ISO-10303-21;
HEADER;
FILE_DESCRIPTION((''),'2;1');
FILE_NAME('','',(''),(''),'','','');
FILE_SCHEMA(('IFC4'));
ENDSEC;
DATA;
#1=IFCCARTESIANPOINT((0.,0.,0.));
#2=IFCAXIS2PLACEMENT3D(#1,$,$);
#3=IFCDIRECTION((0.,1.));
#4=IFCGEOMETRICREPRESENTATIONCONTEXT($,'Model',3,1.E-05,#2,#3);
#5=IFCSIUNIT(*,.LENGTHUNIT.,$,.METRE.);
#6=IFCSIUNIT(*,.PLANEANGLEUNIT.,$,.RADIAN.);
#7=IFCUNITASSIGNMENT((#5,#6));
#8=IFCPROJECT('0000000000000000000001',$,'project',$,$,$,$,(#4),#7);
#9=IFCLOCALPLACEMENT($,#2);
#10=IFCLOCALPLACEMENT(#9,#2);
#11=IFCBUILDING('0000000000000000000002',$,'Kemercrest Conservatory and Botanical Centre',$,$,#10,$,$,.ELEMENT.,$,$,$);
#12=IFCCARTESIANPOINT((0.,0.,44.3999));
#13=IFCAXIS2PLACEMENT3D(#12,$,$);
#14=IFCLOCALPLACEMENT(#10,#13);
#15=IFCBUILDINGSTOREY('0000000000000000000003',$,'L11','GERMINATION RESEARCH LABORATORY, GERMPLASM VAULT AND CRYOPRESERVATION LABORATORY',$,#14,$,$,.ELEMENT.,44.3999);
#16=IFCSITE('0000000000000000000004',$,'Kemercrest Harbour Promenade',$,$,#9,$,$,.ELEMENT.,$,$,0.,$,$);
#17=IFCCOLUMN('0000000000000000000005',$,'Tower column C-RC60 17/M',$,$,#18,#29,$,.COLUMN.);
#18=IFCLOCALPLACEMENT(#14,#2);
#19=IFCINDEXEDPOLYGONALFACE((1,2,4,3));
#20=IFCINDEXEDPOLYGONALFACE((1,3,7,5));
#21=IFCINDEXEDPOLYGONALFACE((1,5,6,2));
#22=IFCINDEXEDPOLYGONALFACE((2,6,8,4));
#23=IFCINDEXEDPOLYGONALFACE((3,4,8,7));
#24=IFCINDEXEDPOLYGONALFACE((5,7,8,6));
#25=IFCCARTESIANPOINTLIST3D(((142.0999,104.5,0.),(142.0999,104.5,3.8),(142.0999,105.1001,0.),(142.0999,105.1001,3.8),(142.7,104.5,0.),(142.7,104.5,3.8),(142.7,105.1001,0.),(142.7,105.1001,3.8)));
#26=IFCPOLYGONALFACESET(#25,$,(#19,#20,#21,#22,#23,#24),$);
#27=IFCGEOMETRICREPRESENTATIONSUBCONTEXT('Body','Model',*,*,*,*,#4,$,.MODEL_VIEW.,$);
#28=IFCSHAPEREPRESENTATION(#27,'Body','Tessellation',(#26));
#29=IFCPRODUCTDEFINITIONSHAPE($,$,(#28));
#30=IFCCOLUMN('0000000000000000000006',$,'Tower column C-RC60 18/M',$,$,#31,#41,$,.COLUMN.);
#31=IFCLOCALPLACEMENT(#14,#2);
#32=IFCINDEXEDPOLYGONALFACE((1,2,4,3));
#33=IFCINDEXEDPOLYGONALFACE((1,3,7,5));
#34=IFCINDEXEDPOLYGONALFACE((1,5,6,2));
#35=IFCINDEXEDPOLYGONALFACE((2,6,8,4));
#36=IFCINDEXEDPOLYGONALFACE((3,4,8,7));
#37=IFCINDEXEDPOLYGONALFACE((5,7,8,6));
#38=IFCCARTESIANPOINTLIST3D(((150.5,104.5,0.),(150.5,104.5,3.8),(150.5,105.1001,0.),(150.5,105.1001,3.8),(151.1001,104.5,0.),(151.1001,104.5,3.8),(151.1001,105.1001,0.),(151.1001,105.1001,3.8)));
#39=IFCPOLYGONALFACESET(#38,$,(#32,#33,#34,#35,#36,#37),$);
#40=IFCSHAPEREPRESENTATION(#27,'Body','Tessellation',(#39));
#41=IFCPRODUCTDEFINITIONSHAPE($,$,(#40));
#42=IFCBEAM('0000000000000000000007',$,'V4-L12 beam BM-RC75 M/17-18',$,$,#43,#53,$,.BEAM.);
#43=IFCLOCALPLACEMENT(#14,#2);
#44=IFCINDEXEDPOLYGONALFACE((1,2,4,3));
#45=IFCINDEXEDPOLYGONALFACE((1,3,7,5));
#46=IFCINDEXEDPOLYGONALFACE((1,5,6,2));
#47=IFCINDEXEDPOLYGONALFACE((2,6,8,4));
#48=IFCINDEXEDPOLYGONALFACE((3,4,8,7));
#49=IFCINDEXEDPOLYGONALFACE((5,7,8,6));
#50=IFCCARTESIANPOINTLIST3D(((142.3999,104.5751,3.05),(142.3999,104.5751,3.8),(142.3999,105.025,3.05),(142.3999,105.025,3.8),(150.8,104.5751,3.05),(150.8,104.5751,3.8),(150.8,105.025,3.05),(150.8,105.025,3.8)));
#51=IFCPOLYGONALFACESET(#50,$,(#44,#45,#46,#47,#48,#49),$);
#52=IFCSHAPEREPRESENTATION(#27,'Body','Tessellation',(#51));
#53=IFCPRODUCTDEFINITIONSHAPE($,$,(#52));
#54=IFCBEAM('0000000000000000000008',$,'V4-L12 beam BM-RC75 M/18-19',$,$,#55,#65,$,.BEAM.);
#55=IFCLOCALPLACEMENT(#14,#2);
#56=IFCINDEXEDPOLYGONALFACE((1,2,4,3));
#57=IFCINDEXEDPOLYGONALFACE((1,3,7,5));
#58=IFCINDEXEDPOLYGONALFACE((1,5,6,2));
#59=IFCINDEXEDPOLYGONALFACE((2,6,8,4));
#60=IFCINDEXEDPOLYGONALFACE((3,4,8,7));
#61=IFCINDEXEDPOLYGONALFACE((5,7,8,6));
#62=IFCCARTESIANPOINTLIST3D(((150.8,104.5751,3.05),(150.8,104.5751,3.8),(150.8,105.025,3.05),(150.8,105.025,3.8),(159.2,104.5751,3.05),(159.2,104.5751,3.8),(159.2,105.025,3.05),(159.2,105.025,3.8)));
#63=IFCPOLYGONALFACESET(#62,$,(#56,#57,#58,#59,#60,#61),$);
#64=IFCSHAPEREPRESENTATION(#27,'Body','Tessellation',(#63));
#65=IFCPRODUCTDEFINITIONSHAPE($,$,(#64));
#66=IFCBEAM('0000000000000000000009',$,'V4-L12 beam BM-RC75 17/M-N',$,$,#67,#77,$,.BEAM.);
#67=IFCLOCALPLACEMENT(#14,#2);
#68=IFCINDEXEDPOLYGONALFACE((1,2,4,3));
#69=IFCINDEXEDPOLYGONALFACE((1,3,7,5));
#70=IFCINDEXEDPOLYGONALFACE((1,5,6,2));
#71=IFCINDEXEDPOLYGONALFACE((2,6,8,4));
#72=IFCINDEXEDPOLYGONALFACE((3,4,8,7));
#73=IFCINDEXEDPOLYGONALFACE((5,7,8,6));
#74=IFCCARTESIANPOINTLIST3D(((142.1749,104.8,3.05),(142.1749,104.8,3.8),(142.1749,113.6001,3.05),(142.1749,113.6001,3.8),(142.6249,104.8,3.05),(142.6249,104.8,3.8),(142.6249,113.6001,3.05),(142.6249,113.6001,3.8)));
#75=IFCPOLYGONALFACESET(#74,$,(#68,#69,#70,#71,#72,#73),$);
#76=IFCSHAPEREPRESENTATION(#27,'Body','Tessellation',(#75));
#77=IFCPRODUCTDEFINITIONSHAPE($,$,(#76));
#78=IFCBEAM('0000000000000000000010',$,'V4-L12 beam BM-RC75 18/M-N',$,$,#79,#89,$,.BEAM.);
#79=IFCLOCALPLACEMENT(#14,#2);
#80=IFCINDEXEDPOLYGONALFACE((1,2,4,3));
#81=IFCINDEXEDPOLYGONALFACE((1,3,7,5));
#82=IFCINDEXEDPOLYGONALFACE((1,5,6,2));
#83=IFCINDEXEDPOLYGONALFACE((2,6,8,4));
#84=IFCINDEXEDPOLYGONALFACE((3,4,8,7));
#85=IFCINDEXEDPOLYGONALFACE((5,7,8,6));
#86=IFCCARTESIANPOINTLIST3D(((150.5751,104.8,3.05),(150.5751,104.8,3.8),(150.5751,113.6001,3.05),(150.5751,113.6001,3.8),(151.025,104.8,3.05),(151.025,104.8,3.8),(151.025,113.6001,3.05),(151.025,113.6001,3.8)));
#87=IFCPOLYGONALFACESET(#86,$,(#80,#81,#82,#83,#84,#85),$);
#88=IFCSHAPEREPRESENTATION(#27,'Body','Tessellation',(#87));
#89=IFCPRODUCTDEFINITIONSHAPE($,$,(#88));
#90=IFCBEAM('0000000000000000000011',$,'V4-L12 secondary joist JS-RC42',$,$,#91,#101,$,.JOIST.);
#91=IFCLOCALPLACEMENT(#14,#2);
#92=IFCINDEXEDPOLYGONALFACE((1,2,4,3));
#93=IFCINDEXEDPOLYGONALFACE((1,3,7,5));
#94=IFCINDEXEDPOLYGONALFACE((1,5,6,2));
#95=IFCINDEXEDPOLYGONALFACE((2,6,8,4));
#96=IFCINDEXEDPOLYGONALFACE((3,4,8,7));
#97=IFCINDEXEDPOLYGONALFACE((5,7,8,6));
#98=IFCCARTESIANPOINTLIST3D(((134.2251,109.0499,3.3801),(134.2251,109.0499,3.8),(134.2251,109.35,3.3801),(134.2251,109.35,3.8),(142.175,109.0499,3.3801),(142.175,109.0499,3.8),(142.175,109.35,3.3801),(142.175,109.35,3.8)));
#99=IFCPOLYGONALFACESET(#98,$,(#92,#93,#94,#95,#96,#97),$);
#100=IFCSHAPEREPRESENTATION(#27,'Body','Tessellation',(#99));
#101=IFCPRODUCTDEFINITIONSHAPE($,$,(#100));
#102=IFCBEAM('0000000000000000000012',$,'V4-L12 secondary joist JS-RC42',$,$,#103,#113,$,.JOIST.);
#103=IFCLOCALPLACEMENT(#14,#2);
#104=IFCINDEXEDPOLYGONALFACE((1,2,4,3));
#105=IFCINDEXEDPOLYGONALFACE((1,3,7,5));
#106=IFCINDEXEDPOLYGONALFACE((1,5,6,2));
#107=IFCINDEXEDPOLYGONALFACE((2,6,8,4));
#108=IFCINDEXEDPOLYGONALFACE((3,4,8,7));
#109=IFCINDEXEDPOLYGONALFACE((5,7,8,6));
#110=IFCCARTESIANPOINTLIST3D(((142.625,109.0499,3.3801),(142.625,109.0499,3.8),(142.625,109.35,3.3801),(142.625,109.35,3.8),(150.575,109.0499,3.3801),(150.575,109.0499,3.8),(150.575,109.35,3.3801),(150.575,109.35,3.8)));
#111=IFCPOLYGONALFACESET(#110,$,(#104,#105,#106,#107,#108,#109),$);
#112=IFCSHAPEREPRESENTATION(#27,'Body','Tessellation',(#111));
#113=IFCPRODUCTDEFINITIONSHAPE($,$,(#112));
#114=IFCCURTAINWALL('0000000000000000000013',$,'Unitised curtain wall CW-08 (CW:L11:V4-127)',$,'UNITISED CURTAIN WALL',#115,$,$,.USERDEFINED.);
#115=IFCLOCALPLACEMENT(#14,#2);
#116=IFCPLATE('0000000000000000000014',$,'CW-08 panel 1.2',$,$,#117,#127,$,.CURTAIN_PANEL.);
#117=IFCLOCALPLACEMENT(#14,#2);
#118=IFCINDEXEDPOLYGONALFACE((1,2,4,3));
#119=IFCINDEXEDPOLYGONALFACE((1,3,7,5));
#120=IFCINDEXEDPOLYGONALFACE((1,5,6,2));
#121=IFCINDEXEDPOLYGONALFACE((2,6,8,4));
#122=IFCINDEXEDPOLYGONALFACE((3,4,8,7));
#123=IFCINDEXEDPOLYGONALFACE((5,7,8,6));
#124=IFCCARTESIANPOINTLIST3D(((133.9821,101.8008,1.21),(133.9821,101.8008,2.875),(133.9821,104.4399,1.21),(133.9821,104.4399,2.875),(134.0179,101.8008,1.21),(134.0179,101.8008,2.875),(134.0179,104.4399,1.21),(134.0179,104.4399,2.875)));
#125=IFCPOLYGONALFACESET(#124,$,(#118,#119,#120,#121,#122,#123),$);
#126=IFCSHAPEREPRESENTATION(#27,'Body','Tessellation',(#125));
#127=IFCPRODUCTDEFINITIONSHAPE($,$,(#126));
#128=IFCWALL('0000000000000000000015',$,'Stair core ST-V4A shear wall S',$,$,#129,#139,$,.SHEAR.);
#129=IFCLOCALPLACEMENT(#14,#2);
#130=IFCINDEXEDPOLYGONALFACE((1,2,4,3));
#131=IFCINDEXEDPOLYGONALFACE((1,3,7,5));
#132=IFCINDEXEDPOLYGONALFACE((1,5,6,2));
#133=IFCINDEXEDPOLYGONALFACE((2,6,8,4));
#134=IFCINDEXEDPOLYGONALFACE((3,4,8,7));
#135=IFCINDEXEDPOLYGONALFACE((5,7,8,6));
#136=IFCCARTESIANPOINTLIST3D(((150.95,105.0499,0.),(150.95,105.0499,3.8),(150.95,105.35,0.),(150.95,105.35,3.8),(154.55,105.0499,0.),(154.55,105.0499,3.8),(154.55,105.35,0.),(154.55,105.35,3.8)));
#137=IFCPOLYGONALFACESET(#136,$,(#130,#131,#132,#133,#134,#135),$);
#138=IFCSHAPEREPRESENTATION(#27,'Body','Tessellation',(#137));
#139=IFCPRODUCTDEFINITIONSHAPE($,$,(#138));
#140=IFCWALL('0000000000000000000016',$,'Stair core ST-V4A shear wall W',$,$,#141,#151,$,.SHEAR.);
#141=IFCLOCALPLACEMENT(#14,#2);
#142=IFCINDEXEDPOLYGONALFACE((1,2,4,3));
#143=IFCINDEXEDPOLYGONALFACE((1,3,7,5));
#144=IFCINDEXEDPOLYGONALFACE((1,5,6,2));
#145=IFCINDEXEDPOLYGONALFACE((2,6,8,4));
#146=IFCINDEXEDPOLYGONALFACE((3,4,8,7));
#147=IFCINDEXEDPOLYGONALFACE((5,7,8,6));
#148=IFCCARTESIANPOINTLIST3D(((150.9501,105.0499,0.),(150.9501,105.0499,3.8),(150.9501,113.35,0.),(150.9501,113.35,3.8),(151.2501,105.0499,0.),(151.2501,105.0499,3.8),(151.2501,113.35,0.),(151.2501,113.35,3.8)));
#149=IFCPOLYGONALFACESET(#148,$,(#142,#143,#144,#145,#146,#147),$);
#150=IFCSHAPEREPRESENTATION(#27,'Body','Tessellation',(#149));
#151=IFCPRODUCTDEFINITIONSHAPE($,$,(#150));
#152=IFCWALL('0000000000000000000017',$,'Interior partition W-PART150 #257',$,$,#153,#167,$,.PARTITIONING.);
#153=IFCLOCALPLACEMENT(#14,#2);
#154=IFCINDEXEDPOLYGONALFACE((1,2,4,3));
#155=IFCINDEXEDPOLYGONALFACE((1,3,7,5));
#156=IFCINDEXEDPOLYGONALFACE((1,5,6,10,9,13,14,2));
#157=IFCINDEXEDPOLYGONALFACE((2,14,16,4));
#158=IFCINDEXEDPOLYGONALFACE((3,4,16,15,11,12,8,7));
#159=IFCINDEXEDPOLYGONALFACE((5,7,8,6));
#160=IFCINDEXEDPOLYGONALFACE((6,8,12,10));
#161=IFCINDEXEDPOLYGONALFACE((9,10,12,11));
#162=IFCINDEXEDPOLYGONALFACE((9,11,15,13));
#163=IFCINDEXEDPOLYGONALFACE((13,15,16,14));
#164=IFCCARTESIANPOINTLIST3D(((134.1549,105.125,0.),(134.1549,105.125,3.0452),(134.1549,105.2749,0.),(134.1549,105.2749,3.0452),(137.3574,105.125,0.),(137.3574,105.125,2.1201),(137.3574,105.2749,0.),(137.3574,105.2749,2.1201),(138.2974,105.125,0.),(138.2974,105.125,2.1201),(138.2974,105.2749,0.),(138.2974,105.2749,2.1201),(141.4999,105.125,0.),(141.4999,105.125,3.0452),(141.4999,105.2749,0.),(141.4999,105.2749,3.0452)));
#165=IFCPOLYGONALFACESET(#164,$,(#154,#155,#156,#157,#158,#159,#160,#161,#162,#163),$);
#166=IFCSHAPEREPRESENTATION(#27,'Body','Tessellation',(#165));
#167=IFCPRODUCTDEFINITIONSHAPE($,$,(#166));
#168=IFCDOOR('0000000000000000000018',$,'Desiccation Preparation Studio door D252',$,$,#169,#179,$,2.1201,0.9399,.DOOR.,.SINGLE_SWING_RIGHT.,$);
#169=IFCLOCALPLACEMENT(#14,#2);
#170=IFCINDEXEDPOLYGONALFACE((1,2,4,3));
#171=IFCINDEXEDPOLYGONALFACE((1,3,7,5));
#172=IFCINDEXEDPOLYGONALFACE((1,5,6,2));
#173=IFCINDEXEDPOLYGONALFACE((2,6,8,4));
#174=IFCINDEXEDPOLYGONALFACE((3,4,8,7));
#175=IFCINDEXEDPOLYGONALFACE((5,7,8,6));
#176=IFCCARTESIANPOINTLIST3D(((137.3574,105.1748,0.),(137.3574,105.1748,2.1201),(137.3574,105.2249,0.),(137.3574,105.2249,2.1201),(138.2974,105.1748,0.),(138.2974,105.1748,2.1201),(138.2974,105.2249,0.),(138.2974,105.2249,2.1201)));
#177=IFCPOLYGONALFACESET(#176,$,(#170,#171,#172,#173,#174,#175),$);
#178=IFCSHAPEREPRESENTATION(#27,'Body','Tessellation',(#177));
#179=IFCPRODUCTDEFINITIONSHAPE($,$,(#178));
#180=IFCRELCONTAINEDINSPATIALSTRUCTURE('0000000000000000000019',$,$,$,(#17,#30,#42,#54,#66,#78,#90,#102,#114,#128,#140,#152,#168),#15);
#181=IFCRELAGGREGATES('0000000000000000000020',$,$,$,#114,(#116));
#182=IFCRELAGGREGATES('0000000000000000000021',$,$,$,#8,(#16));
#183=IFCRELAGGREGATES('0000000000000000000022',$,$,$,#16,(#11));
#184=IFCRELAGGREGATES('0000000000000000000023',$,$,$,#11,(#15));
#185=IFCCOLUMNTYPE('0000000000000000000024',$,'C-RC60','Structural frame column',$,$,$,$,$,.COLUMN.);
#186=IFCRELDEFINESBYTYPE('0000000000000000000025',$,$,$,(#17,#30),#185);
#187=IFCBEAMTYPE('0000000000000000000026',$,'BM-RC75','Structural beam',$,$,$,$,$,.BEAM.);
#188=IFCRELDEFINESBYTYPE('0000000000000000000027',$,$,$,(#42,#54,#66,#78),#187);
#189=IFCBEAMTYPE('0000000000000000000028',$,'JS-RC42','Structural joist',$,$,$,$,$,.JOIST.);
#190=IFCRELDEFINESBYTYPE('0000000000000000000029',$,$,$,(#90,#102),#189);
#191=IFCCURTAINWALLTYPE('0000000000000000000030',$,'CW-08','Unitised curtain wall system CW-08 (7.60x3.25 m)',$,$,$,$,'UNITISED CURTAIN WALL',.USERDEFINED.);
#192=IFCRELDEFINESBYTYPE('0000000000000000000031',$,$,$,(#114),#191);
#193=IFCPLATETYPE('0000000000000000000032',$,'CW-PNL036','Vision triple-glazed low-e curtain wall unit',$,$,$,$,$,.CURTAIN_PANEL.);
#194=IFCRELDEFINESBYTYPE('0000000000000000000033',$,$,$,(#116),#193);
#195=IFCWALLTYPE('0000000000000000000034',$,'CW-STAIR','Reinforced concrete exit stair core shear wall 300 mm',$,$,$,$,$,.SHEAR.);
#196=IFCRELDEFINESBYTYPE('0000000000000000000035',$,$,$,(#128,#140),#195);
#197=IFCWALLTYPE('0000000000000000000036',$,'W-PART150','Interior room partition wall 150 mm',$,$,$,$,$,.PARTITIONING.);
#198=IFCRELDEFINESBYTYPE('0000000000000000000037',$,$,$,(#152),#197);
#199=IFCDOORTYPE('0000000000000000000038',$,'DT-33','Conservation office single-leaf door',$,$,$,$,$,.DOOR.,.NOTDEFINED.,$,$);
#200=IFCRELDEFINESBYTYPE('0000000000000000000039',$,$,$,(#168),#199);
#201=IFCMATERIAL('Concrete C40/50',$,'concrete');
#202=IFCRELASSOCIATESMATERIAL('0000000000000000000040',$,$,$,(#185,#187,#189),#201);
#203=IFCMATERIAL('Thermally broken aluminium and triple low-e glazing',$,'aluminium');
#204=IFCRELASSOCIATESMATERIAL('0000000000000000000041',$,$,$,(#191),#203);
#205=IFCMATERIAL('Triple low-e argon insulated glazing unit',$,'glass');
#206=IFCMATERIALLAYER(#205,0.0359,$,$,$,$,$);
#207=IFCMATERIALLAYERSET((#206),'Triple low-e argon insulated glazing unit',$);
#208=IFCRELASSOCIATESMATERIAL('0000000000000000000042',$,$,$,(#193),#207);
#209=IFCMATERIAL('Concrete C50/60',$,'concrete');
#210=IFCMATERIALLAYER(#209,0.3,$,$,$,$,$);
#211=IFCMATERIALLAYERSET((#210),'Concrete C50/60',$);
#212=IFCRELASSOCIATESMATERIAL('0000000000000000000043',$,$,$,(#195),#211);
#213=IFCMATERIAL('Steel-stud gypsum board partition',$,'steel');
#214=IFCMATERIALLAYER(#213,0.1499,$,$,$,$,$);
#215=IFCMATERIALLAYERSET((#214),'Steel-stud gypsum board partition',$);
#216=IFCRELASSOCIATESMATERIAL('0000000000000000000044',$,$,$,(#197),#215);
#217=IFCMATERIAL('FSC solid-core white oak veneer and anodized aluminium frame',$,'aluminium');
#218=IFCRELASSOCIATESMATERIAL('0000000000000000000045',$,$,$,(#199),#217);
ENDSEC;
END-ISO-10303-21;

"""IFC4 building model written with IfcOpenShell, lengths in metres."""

from ifc_helpers import new_model, si_unit, direction, frame, frame_2d, origin, origin_2d, place, context, subcontext, project, spatial, rectangle, extrude, material, layer, layer_set, material_profile, profile_set, type_object, element, fill, aggregate, save


model = new_model("IFC4")

# Units and contexts
model_context = context("Model", 3, precision=1e-05, world=origin(), true_north=direction((0.0, 1.0)))
body_context = subcontext(model_context, "Body", "Model", "MODEL_VIEW")
ifc_project = project(units=[si_unit("LENGTHUNIT", "METRE"), si_unit("PLANEANGLEUNIT", "RADIAN")], contexts=[model_context])

# Site, building, storey
site_placement = place(None, origin())
site = spatial("IfcSite", under=ifc_project, at=site_placement, Name="Kemercrest Harbour Promenade", CompositionType="ELEMENT", RefElevation=0.0)
building_placement = place(site_placement, origin())
building = spatial("IfcBuilding", under=site, at=building_placement, Name="Kemercrest Conservatory and Botanical Centre", CompositionType="ELEMENT")
storey_placement = place(building_placement, frame((0.0, 0.0, 44.3999)))
storey = spatial("IfcBuildingStorey", under=building, at=storey_placement, Name="L11", Description="GERMINATION RESEARCH LABORATORY, GERMPLASM VAULT AND CRYOPRESERVATION LABORATORY", CompositionType="ELEMENT", Elevation=44.3999)

# Columns
ifc_material_1 = material(Name="Concrete C40/50", Category="concrete")
ifc_material_profile_1 = material_profile(ifc_material_1, rectangle(XDim=0.6001, YDim=0.6001, at=origin_2d()), Name="RC 600x600")
ifc_profile_set_1 = profile_set([ifc_material_profile_1], Name="Concrete C40/50")
column_type = type_object("IfcColumnType", Name="C-RC60", Description="Structural frame column", PredefinedType="COLUMN", material=ifc_profile_set_1)
for number, where, z_axis, x_axis, name in (
    (1, (142.3999, 104.8, 0.0), (0.0, 0.0, 1.0), (1.0, 0.0, 0.0), "Tower column C-RC60 17/M"),
    (2, (150.8, 104.8, 0.0), (0.0, 0.0, 1.0), (1.0, 0.0, 0.0), "Tower column C-RC60 18/M"),
):
    element("IfcColumn", number, at=place(storey_placement, frame(where, z_axis=z_axis, x_axis=x_axis)), inside=storey, type_object=column_type, Name=name, PredefinedType="COLUMN", context=body_context, shape_type="SweptSolid", body=[
        extrude(rectangle(XDim=0.6001, YDim=0.6001, at=origin_2d()), origin(), (0.0, 0.0, 1.0), 3.8),
    ])

# Beams
ifc_material_profile_2 = material_profile(ifc_material_1, rectangle(XDim=0.45, YDim=0.75, at=origin_2d()), Name="RC 450x750")
ifc_profile_set_2 = profile_set([ifc_material_profile_2], Name="Concrete C40/50")
beam_type_1 = type_object("IfcBeamType", Name="BM-RC75", Description="Structural beam", PredefinedType="BEAM", material=ifc_profile_set_2)
beam_1_placement = place(storey_placement, frame((142.3999, 104.8, 3.425), z_axis=(1.0, 0.0, 0.0), x_axis=(0.0, 1.0, 0.0)))
element("IfcBeam", 3, at=beam_1_placement, inside=storey, type_object=beam_type_1, Name="V4-L12 beam BM-RC75 M/17-18", PredefinedType="BEAM", context=body_context, shape_type="SweptSolid", body=[
    extrude(rectangle(XDim=0.45, YDim=0.75, at=origin_2d()), origin(), (0.0, 0.0, 1.0), 8.4001),
])
beam_2_placement = place(storey_placement, frame((150.8, 104.8, 3.425), z_axis=(1.0, 0.0, 0.0), x_axis=(0.0, 1.0, 0.0)))
element("IfcBeam", 4, at=beam_2_placement, inside=storey, type_object=beam_type_1, Name="V4-L12 beam BM-RC75 M/18-19", PredefinedType="BEAM", context=body_context, shape_type="SweptSolid", body=[
    extrude(rectangle(XDim=0.45, YDim=0.75, at=origin_2d()), origin(), (0.0, 0.0, 1.0), 8.3999),
])
for number, where, z_axis, x_axis, name in (
    (5, (142.3999, 104.8, 3.425), (0.0, 1.0, 0.0), (-1.0, 0.0, 0.0), "V4-L12 beam BM-RC75 17/M-N"),
    (6, (150.8, 104.8, 3.425), (0.0, 1.0, 0.0), (-1.0, 0.0, 0.0), "V4-L12 beam BM-RC75 18/M-N"),
):
    element("IfcBeam", number, at=place(storey_placement, frame(where, z_axis=z_axis, x_axis=x_axis)), inside=storey, type_object=beam_type_1, Name=name, PredefinedType="BEAM", context=body_context, shape_type="SweptSolid", body=[
        extrude(rectangle(XDim=0.45, YDim=0.75, at=origin_2d()), origin(), (0.0, 0.0, 1.0), 8.8),
    ])
ifc_material_profile_3 = material_profile(ifc_material_1, rectangle(XDim=0.3, YDim=0.4199, at=origin_2d()), Name="RC 300x420")
ifc_profile_set_3 = profile_set([ifc_material_profile_3], Name="Concrete C40/50")
beam_type_2 = type_object("IfcBeamType", Name="JS-RC42", Description="Structural joist", PredefinedType="JOIST", material=ifc_profile_set_3)
for number, where, z_axis, x_axis, name in (
    (7, (134.2251, 109.2, 3.5901), (1.0, 0.0, 0.0), (0.0, 1.0, 0.0), "V4-L12 secondary joist JS-RC42"),
    (8, (142.625, 109.2, 3.5901), (1.0, 0.0, 0.0), (0.0, 1.0, 0.0), "V4-L12 secondary joist JS-RC42"),
):
    element("IfcBeam", number, at=place(storey_placement, frame(where, z_axis=z_axis, x_axis=x_axis)), inside=storey, type_object=beam_type_2, Name=name, PredefinedType="JOIST", context=body_context, shape_type="SweptSolid", body=[
        extrude(rectangle(XDim=0.3, YDim=0.4199, at=origin_2d()), origin(), (0.0, 0.0, 1.0), 7.95),
    ])

# Curtain wall, plate
ifc_material_2 = material(Name="Thermally broken aluminium and triple low-e glazing", Category="aluminium")
curtain_wall_type = type_object("IfcCurtainWallType", Name="CW-08", Description="Unitised curtain wall system CW-08 (7.60x3.25 m)", ElementType="UNITISED CURTAIN WALL", PredefinedType="USERDEFINED", material=ifc_material_2)
curtain_wall_placement = place(storey_placement, origin())
curtain_wall = element("IfcCurtainWall", 9, at=curtain_wall_placement, inside=storey, type_object=curtain_wall_type, Name="Unitised curtain wall CW-08 (CW:L11:V4-127)", ObjectType="UNITISED CURTAIN WALL", PredefinedType="USERDEFINED")
ifc_material_3 = material(Name="Triple low-e argon insulated glazing unit", Category="glass")
ifc_layer_1 = layer(ifc_material_3, 0.0359)
ifc_layer_set_1 = layer_set([ifc_layer_1], Name="Triple low-e argon insulated glazing unit")
plate_type = type_object("IfcPlateType", Name="CW-PNL036", Description="Vision triple-glazed low-e curtain wall unit", PredefinedType="CURTAIN_PANEL", material=ifc_layer_set_1)
plate_placement = place(storey_placement, frame((134.0, 103.1204, 1.21), z_axis=(0.0, 0.0, 1.0), x_axis=(0.0, -1.0, 0.0)))
plate = element("IfcPlate", 10, at=plate_placement, type_object=plate_type, Name="CW-08 panel 1.2", PredefinedType="CURTAIN_PANEL", context=body_context, shape_type="SweptSolid", body=[
    extrude(rectangle(XDim=2.6392, YDim=0.0359, at=origin_2d()), origin(), (0.0, 0.0, 1.0), 1.665),
])
aggregate(curtain_wall, [plate])

# Walls
ifc_material_4 = material(Name="Concrete C50/60", Category="concrete")
ifc_layer_2 = layer(ifc_material_4, 0.3)
ifc_layer_set_2 = layer_set([ifc_layer_2], Name="Concrete C50/60")
wall_type_1 = type_object("IfcWallType", Name="CW-STAIR", Description="Reinforced concrete exit stair core shear wall 300 mm", PredefinedType="SHEAR", material=ifc_layer_set_2)
wall_1_placement = place(storey_placement, frame((150.95, 105.2, 0.0), z_axis=(0.0, 0.0, 1.0), x_axis=(1.0, 0.0, 0.0)))
element("IfcWall", 11, at=wall_1_placement, inside=storey, type_object=wall_type_1, Name="Stair core ST-V4A shear wall S", PredefinedType="SHEAR", context=body_context, shape_type="SweptSolid", body=[
    extrude(rectangle(XDim=3.6001, YDim=0.3, at=frame_2d((1.8, 0.0))), origin(), (0.0, 0.0, 1.0), 3.8),
])
wall_2_placement = place(storey_placement, frame((151.1001, 105.05, 0.0), z_axis=(0.0, 0.0, 1.0), x_axis=(0.0, 1.0, 0.0)))
element("IfcWall", 12, at=wall_2_placement, inside=storey, type_object=wall_type_1, Name="Stair core ST-V4A shear wall W", PredefinedType="SHEAR", context=body_context, shape_type="SweptSolid", body=[
    extrude(rectangle(XDim=8.3, YDim=0.3, at=frame_2d((4.1499, 0.0))), origin(), (0.0, 0.0, 1.0), 3.8),
])

# Wall, opening, door
ifc_material_5 = material(Name="Steel-stud gypsum board partition", Category="steel")
ifc_layer_3 = layer(ifc_material_5, 0.1499)
ifc_layer_set_3 = layer_set([ifc_layer_3], Name="Steel-stud gypsum board partition")
wall_type_2 = type_object("IfcWallType", Name="W-PART150", Description="Interior room partition wall 150 mm", PredefinedType="PARTITIONING", material=ifc_layer_set_3)
wall_3_placement = place(storey_placement, frame((134.155, 105.2, 0.0), z_axis=(0.0, 0.0, 1.0), x_axis=(1.0, 0.0, 0.0)))
wall_3 = element("IfcWall", 13, at=wall_3_placement, inside=storey, type_object=wall_type_2, Name="Interior partition W-PART150 #257", PredefinedType="PARTITIONING", context=body_context, shape_type="SweptSolid", body=[
    extrude(rectangle(XDim=7.345, YDim=0.1499, at=frame_2d((3.6724, 0.0))), origin(), (0.0, 0.0, 1.0), 3.0452),
])
opening_1_placement = place(wall_3_placement, frame((3.2024, 0.0, 0.0)))
opening_1 = element("IfcOpeningElement", 14, at=opening_1_placement, cuts=wall_3, PredefinedType="OPENING", context=body_context, shape_type="SweptSolid", body=[
    extrude(rectangle(XDim=0.9399, YDim=2.1201, at=frame_2d((0.47, 1.0601))), frame((0.0, 0.085, 0.0), z_axis=(0.0, -1.0, 0.0), x_axis=(1.0, 0.0, 0.0)), (0.0, 0.0, 1.0), 0.1699),
])
ifc_material_6 = material(Name="FSC solid-core white oak veneer and anodized aluminium frame", Category="aluminium")
door_type_1 = type_object("IfcDoorType", Name="DT-33", Description="Conservation office single-leaf door", OperationType="NOTDEFINED", PredefinedType="DOOR", material=ifc_material_6)
door_1_placement = place(opening_1_placement, origin())
door_1 = element("IfcDoor", 15, at=door_1_placement, inside=storey, type_object=door_type_1, Name="Desiccation Preparation Studio door D252", OperationType="SINGLE_SWING_RIGHT", OverallHeight=2.1201, OverallWidth=0.9399, PredefinedType="DOOR", context=body_context, shape_type="SweptSolid", body=[
    extrude(rectangle(XDim=0.9399, YDim=2.1201, at=frame_2d((0.47, 1.0601))), frame((0.0, 0.0249, 0.0), z_axis=(0.0, -1.0, 0.0), x_axis=(1.0, 0.0, 0.0)), (0.0, 0.0, 1.0), 0.05),
])
fill(opening_1, door_1)

save(model, "model.ifc")
